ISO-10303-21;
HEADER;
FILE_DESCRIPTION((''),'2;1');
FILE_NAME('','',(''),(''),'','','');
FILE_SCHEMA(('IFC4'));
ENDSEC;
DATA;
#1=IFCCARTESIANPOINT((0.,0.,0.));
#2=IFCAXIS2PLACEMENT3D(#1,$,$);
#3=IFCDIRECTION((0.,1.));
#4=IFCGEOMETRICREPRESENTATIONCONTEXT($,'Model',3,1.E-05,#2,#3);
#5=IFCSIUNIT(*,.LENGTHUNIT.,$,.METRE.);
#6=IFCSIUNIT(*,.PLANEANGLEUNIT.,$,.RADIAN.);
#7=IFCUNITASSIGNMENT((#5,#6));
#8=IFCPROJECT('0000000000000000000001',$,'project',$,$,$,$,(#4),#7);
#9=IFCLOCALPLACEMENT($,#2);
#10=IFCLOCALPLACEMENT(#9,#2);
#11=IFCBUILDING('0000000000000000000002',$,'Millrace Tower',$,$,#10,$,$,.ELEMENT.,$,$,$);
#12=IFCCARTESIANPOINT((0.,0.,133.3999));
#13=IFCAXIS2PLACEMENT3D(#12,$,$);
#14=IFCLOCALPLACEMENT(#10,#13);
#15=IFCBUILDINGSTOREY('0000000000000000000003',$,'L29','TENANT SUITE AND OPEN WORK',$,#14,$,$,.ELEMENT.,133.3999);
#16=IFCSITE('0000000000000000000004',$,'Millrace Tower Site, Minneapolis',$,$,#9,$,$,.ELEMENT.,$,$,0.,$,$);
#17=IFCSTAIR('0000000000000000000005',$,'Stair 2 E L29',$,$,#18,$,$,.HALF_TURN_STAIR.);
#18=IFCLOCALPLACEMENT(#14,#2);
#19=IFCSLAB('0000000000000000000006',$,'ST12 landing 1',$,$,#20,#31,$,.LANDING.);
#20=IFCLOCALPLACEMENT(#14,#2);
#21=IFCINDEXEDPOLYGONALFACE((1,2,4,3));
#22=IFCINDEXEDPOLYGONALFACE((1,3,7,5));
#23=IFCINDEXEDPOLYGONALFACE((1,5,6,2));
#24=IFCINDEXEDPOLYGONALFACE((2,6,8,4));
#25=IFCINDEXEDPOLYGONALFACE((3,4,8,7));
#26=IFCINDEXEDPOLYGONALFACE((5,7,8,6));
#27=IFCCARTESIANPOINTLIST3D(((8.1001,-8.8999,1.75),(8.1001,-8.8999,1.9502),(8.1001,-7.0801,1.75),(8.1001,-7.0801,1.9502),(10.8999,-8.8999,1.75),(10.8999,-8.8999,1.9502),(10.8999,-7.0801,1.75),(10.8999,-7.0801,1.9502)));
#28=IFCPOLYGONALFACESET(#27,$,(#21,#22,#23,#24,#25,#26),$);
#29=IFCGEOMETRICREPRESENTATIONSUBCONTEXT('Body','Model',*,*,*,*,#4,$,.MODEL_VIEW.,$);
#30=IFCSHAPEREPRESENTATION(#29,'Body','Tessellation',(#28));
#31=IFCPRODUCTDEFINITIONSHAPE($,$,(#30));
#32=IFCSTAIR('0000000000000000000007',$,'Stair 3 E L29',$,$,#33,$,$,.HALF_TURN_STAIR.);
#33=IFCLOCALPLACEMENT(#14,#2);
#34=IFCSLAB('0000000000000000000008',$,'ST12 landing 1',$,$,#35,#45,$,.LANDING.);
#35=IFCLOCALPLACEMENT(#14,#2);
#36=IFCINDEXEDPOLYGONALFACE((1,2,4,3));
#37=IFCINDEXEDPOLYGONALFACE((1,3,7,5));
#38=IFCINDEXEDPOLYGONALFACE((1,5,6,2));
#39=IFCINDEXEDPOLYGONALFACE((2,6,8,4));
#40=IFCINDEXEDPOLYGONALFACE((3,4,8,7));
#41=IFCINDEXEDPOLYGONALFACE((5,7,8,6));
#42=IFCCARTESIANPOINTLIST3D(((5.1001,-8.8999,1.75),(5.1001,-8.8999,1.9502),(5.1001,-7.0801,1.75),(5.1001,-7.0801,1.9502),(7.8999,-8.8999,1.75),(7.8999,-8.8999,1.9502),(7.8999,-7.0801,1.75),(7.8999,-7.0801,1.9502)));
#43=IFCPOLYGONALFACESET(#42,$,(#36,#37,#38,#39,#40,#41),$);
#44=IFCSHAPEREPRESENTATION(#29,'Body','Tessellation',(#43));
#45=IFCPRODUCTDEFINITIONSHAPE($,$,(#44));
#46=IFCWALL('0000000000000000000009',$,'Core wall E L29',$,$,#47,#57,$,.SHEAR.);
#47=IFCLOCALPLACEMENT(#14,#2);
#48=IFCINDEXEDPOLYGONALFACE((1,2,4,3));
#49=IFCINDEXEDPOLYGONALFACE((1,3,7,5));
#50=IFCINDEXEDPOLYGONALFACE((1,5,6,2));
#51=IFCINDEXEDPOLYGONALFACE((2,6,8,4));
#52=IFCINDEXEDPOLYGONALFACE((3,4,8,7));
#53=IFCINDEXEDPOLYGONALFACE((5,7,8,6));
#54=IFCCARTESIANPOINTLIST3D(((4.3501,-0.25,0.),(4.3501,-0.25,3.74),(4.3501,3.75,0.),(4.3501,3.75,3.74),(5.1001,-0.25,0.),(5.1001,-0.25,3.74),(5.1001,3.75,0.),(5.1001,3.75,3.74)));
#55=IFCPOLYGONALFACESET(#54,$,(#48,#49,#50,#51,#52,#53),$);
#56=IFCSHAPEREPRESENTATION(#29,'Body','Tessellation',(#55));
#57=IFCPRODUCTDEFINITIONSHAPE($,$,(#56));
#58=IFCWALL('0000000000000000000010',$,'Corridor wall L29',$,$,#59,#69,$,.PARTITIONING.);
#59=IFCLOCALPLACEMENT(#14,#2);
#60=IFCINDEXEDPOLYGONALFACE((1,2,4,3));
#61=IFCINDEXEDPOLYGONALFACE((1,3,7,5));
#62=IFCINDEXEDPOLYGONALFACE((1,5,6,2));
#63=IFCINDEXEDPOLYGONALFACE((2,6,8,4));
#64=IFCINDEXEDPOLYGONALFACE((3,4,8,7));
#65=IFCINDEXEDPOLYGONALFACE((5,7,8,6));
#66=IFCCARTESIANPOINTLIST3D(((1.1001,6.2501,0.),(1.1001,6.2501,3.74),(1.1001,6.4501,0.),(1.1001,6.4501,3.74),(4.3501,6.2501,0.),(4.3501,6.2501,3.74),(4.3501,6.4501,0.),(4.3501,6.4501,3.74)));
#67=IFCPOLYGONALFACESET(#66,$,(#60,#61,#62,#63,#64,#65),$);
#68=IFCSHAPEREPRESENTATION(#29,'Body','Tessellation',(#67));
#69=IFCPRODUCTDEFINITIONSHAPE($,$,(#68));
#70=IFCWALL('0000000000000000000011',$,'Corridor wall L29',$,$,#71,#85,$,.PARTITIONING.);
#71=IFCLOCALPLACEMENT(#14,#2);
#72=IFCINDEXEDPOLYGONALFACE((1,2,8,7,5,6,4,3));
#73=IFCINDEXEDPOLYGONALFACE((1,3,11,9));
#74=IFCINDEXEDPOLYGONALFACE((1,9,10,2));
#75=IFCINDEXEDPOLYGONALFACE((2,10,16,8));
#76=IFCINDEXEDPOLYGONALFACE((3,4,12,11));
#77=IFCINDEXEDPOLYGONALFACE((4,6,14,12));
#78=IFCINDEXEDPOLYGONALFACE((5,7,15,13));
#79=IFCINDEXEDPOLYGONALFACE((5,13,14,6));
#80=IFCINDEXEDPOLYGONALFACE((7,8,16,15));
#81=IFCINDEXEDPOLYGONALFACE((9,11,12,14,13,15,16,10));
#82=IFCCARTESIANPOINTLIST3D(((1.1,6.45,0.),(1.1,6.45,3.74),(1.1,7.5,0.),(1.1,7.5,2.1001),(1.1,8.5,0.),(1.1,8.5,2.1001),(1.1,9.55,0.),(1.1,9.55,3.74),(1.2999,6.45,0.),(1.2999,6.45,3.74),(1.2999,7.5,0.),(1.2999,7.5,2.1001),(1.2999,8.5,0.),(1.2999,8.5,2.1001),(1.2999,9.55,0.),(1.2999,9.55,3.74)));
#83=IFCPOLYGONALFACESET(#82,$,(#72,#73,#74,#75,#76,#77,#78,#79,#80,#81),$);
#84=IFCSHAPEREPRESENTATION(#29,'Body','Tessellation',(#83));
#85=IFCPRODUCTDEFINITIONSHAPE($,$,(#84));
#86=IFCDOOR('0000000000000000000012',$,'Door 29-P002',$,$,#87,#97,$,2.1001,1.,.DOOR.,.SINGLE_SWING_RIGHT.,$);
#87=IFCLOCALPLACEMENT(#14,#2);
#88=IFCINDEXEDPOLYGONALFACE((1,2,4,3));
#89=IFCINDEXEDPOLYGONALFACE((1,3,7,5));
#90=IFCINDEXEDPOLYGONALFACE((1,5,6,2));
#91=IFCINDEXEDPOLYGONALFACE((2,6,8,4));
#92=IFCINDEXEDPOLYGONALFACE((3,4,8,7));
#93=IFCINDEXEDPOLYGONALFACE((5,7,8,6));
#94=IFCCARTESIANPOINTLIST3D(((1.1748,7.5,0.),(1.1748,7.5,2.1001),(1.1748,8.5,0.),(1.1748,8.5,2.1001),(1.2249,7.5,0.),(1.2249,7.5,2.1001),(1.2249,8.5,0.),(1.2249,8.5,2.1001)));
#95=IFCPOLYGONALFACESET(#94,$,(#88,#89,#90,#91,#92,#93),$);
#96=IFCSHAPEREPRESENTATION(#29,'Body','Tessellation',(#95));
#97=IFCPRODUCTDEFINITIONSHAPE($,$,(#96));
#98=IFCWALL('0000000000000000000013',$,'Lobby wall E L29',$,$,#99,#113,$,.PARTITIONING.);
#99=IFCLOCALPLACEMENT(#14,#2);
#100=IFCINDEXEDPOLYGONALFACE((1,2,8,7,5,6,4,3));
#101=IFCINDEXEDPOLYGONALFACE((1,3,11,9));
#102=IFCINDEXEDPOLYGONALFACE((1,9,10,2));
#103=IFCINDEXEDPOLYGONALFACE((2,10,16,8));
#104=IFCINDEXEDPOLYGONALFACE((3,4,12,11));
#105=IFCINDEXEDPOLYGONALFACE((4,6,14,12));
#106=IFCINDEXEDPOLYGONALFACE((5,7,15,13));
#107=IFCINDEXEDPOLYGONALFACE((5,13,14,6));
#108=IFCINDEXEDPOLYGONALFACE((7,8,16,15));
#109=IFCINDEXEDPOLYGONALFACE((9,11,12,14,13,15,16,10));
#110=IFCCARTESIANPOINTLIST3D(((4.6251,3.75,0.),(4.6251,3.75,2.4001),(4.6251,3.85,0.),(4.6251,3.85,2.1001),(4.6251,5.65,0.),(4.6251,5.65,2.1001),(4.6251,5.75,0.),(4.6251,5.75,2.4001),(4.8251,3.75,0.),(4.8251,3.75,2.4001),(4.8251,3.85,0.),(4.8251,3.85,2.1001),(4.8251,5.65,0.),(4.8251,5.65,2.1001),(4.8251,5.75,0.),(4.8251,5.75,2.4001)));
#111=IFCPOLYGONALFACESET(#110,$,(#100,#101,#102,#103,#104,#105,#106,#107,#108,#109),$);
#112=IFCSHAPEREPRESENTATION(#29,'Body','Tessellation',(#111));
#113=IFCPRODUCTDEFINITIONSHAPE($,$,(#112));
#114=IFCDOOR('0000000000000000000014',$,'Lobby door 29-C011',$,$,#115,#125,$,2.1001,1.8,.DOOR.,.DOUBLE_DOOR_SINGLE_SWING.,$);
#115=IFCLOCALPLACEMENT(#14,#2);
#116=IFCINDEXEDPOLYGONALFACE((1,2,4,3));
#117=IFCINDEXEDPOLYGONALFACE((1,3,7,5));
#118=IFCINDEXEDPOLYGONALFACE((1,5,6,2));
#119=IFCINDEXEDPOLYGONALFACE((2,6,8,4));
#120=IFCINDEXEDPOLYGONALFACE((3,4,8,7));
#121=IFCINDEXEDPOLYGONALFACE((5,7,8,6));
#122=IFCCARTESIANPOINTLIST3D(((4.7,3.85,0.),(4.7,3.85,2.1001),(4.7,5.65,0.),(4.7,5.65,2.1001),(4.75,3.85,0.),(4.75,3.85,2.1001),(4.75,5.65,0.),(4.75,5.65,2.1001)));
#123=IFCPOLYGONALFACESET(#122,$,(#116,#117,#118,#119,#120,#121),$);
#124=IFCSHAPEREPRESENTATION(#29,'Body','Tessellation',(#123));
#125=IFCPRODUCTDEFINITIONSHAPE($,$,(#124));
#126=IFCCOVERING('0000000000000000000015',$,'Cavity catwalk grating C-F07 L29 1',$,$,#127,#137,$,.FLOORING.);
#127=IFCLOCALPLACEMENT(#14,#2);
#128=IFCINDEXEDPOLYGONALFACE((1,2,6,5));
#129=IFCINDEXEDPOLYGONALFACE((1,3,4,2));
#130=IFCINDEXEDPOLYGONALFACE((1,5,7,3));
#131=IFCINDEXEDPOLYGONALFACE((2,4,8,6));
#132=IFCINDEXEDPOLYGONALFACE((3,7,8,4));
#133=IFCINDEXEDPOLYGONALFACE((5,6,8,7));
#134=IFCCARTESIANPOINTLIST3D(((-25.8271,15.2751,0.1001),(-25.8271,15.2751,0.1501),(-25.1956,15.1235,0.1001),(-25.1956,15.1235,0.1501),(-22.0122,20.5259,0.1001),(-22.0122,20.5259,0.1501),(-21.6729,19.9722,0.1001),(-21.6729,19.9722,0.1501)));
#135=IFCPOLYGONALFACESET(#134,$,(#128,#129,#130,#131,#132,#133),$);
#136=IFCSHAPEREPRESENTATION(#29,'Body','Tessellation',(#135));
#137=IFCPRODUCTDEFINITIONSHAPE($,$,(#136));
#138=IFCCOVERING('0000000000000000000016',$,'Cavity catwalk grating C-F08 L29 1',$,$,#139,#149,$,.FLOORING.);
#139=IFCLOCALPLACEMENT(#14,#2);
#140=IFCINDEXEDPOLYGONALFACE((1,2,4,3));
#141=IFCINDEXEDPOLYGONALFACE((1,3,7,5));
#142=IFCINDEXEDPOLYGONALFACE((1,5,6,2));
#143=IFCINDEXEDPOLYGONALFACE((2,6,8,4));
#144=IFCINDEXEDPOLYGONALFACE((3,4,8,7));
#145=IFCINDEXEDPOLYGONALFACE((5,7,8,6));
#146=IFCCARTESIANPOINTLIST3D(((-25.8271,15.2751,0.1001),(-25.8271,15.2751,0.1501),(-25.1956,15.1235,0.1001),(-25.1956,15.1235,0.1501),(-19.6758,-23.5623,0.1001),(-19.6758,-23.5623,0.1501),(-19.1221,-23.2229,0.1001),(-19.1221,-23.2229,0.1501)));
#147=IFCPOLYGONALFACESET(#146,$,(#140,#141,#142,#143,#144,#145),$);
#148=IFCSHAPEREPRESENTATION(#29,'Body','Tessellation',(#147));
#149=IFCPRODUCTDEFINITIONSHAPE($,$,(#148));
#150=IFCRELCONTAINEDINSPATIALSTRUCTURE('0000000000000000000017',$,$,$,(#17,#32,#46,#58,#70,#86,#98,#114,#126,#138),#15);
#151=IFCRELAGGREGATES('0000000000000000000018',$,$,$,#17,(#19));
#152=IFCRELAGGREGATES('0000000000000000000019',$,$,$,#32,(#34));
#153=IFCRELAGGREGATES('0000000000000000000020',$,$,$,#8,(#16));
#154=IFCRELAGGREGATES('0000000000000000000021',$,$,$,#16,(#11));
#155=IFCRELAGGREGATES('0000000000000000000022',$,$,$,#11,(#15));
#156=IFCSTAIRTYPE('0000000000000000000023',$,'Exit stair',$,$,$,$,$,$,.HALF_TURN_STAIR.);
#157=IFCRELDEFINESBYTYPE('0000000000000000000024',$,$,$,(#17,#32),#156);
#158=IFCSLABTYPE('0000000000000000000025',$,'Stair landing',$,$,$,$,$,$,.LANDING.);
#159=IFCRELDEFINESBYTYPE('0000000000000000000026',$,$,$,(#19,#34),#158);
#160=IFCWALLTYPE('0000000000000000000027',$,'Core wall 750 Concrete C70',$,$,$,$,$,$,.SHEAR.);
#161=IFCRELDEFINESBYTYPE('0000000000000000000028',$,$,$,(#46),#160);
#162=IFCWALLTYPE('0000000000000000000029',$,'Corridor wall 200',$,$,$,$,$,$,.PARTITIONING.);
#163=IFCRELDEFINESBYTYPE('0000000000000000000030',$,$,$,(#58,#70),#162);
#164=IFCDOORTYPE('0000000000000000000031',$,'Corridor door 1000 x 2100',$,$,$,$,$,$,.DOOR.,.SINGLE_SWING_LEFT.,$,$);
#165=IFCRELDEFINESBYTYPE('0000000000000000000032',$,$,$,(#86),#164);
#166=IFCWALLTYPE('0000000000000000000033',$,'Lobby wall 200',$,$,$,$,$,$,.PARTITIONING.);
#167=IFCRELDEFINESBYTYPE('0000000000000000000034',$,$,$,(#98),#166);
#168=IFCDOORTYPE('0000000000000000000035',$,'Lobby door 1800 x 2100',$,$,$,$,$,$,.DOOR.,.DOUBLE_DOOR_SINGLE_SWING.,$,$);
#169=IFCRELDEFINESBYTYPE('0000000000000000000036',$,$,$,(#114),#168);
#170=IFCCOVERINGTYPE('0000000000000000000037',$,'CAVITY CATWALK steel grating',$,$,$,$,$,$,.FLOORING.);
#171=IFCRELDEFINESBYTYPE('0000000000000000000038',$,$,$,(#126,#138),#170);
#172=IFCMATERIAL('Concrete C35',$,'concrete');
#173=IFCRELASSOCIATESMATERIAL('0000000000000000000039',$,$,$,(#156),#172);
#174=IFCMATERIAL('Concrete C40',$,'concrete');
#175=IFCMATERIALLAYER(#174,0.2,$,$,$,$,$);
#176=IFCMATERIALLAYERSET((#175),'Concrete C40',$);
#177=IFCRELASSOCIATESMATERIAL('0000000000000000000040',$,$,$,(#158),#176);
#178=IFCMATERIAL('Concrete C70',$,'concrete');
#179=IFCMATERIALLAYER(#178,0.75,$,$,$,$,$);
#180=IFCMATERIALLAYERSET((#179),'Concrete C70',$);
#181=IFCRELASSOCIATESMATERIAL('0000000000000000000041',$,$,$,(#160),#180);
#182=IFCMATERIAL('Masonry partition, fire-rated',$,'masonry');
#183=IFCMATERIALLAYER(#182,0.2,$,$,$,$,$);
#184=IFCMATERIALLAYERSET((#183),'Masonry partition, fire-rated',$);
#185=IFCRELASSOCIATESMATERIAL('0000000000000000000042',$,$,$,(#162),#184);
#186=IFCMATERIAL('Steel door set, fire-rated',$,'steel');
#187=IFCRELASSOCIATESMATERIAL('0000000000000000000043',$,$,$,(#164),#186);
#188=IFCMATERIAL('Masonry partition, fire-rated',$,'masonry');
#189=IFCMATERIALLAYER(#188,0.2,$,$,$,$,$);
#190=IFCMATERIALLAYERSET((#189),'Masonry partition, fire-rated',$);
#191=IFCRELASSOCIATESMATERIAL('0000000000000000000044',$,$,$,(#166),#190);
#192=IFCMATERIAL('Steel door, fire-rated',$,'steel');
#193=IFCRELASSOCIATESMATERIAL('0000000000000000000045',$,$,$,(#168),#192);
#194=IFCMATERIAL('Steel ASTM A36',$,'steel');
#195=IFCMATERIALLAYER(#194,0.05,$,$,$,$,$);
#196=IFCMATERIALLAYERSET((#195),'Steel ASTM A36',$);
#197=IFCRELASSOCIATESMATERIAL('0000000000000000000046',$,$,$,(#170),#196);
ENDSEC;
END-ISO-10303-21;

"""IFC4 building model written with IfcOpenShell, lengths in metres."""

from ifc_helpers import new_model, si_unit, direction, frame, frame_2d, origin, place, context, subcontext, project, spatial, polyline, rectangle, outline, extrude, material, layer, layer_set, type_object, element, fill, aggregate, save


model = new_model("IFC4")

# Units and contexts
model_context = context("Model", 3, precision=1e-05, world=origin(), true_north=direction((0.0, 1.0)))
body_context = subcontext(model_context, "Body", "Model", "MODEL_VIEW")
ifc_project = project(units=[si_unit("LENGTHUNIT", "METRE"), si_unit("PLANEANGLEUNIT", "RADIAN")], contexts=[model_context])

# Site, building, storey
site_placement = place(None, origin())
site = spatial("IfcSite", under=ifc_project, at=site_placement, Name="Millrace Tower Site, Minneapolis", CompositionType="ELEMENT", RefElevation=0.0)
building_placement = place(site_placement, origin())
building = spatial("IfcBuilding", under=site, at=building_placement, Name="Millrace Tower", CompositionType="ELEMENT")
storey_placement = place(building_placement, frame((0.0, 0.0, 133.3999)))
storey = spatial("IfcBuildingStorey", under=building, at=storey_placement, Name="L29", Description="TENANT SUITE AND OPEN WORK", CompositionType="ELEMENT", Elevation=133.3999)

# Shared definitions
placement_1 = place(storey_placement, origin())

# Stairs, slabs
ifc_material_1 = material(Name="Concrete C35", Category="concrete")
stair_type = type_object("IfcStairType", Name="Exit stair", PredefinedType="HALF_TURN_STAIR", material=ifc_material_1)
ifc_material_2 = material(Name="Concrete C40", Category="concrete")
ifc_layer_1 = layer(ifc_material_2, 0.2)
ifc_layer_set_1 = layer_set([ifc_layer_1], Name="Concrete C40")
slab_type = type_object("IfcSlabType", Name="Stair landing", PredefinedType="LANDING", material=ifc_layer_set_1)
placement_2 = place(storey_placement, frame((0.0, 0.0, 1.75)))
stair_1 = element("IfcStair", 1, at=placement_1, inside=storey, type_object=stair_type, Name="Stair 2 E L29", PredefinedType="HALF_TURN_STAIR")
slab_1 = element("IfcSlab", 2, at=placement_2, type_object=slab_type, Name="ST12 landing 1", PredefinedType="LANDING", context=body_context, shape_type="SweptSolid", body=[
    extrude(outline(polyline([(8.1001, -8.8999), (10.8999, -8.8999), (10.8999, -7.0801), (8.1001, -7.0801), (8.1001, -8.8999)])), origin(), (0.0, 0.0, 1.0), 0.2002),
])
aggregate(stair_1, [slab_1])
stair_2 = element("IfcStair", 3, at=placement_1, inside=storey, type_object=stair_type, Name="Stair 3 E L29", PredefinedType="HALF_TURN_STAIR")
slab_2 = element("IfcSlab", 4, at=placement_2, type_object=slab_type, Name="ST12 landing 1", PredefinedType="LANDING", context=body_context, shape_type="SweptSolid", body=[
    extrude(outline(polyline([(5.1001, -8.8999), (7.8999, -8.8999), (7.8999, -7.0801), (5.1001, -7.0801), (5.1001, -8.8999)])), origin(), (0.0, 0.0, 1.0), 0.2002),
])
aggregate(stair_2, [slab_2])

# Walls
ifc_material_3 = material(Name="Concrete C70", Category="concrete")
ifc_layer_2 = layer(ifc_material_3, 0.75)
ifc_layer_set_2 = layer_set([ifc_layer_2], Name="Concrete C70")
wall_type_1 = type_object("IfcWallType", Name="Core wall 750 Concrete C70", PredefinedType="SHEAR", material=ifc_layer_set_2)
wall_1_placement = place(storey_placement, frame((4.7251, 3.75, 0.0), z_axis=(0.0, 0.0, 1.0), x_axis=(0.0, -1.0, 0.0)))
element("IfcWall", 5, at=wall_1_placement, inside=storey, type_object=wall_type_1, Name="Core wall E L29", PredefinedType="SHEAR", context=body_context, shape_type="SweptSolid", body=[
    extrude(rectangle(XDim=4.0, YDim=0.75, at=frame_2d((2.0, 0.0))), origin(), (0.0, 0.0, 1.0), 3.74),
])
ifc_material_4 = material(Name="Masonry partition, fire-rated", Category="masonry")
ifc_layer_3 = layer(ifc_material_4, 0.2)
ifc_layer_set_3 = layer_set([ifc_layer_3], Name="Masonry partition, fire-rated")
wall_type_2 = type_object("IfcWallType", Name="Corridor wall 200", PredefinedType="PARTITIONING", material=ifc_layer_set_3)
wall_2_placement = place(storey_placement, frame((1.1001, 6.3501, 0.0), z_axis=(0.0, 0.0, 1.0), x_axis=(1.0, 0.0, 0.0)))
element("IfcWall", 6, at=wall_2_placement, inside=storey, type_object=wall_type_2, Name="Corridor wall L29", PredefinedType="PARTITIONING", context=body_context, shape_type="SweptSolid", body=[
    extrude(rectangle(XDim=3.25, YDim=0.2, at=frame_2d((1.625, 0.0))), origin(), (0.0, 0.0, 1.0), 3.74),
])

# Walls, openings, doors
wall_3_placement = place(storey_placement, frame((1.2, 6.45, 0.0), z_axis=(0.0, 0.0, 1.0), x_axis=(0.0, 1.0, 0.0)))
wall_3 = element("IfcWall", 7, at=wall_3_placement, inside=storey, type_object=wall_type_2, Name="Corridor wall L29", PredefinedType="PARTITIONING", context=body_context, shape_type="SweptSolid", body=[
    extrude(rectangle(XDim=3.1001, YDim=0.2, at=frame_2d((1.55, 0.0))), origin(), (0.0, 0.0, 1.0), 3.74),
])
opening_1_placement = place(wall_3_placement, frame((1.05, 0.0, 0.0)))
opening_1 = element("IfcOpeningElement", 8, at=opening_1_placement, cuts=wall_3, PredefinedType="OPENING", context=body_context, shape_type="SweptSolid", body=[
    extrude(rectangle(XDim=1.0, YDim=2.1001, at=frame_2d((0.5, 1.05))), frame((0.0, 0.1099, 0.0), z_axis=(0.0, -1.0, 0.0), x_axis=(1.0, 0.0, 0.0)), (0.0, 0.0, 1.0), 0.22),
])
ifc_material_5 = material(Name="Steel door set, fire-rated", Category="steel")
door_type_1 = type_object("IfcDoorType", Name="Corridor door 1000 x 2100", OperationType="SINGLE_SWING_LEFT", PredefinedType="DOOR", material=ifc_material_5)
door_1_placement = place(opening_1_placement, frame((1.0, 0.0, 0.0), z_axis=(0.0, 0.0, 1.0), x_axis=(-1.0, 0.0, 0.0)))
door_1 = element("IfcDoor", 9, at=door_1_placement, inside=storey, type_object=door_type_1, Name="Door 29-P002", OperationType="SINGLE_SWING_RIGHT", OverallHeight=2.1001, OverallWidth=1.0, PredefinedType="DOOR", context=body_context, shape_type="SweptSolid", body=[
    extrude(rectangle(XDim=1.0, YDim=2.1001, at=frame_2d((0.5, 1.05))), frame((0.0, 0.0249, 0.0), z_axis=(0.0, -1.0, 0.0), x_axis=(1.0, 0.0, 0.0)), (0.0, 0.0, 1.0), 0.05),
])
fill(opening_1, door_1)
ifc_material_6 = material(Name="Masonry partition, fire-rated", Category="masonry")
ifc_layer_4 = layer(ifc_material_6, 0.2)
ifc_layer_set_4 = layer_set([ifc_layer_4], Name="Masonry partition, fire-rated")
wall_type_3 = type_object("IfcWallType", Name="Lobby wall 200", PredefinedType="PARTITIONING", material=ifc_layer_set_4)
wall_4_placement = place(storey_placement, frame((4.7251, 5.75, 0.0), z_axis=(0.0, 0.0, 1.0), x_axis=(0.0, -1.0, 0.0)))
wall_4 = element("IfcWall", 10, at=wall_4_placement, inside=storey, type_object=wall_type_3, Name="Lobby wall E L29", PredefinedType="PARTITIONING", context=body_context, shape_type="SweptSolid", body=[
    extrude(rectangle(XDim=2.0, YDim=0.2, at=frame_2d((1.0, 0.0))), origin(), (0.0, 0.0, 1.0), 2.4001),
])
opening_2_placement = place(wall_4_placement, frame((0.1001, 0.0, 0.0)))
opening_2 = element("IfcOpeningElement", 11, at=opening_2_placement, cuts=wall_4, PredefinedType="OPENING", context=body_context, shape_type="SweptSolid", body=[
    extrude(rectangle(XDim=1.8, YDim=2.1001, at=frame_2d((0.8999, 1.05))), frame((0.0, 0.1099, 0.0), z_axis=(0.0, -1.0, 0.0), x_axis=(1.0, 0.0, 0.0)), (0.0, 0.0, 1.0), 0.22),
])
ifc_material_7 = material(Name="Steel door, fire-rated", Category="steel")
door_type_2 = type_object("IfcDoorType", Name="Lobby door 1800 x 2100", OperationType="DOUBLE_DOOR_SINGLE_SWING", PredefinedType="DOOR", material=ifc_material_7)
door_2_placement = place(opening_2_placement, origin())
door_2 = element("IfcDoor", 12, at=door_2_placement, inside=storey, type_object=door_type_2, Name="Lobby door 29-C011", OperationType="DOUBLE_DOOR_SINGLE_SWING", OverallHeight=2.1001, OverallWidth=1.8, PredefinedType="DOOR", context=body_context, shape_type="SweptSolid", body=[
    extrude(rectangle(XDim=1.8, YDim=2.1001, at=frame_2d((0.8999, 1.05))), frame((0.0, 0.0249, 0.0), z_axis=(0.0, -1.0, 0.0), x_axis=(1.0, 0.0, 0.0)), (0.0, 0.0, 1.0), 0.05),
])
fill(opening_2, door_2)

# Coverings
ifc_material_8 = material(Name="Steel ASTM A36", Category="steel")
ifc_layer_5 = layer(ifc_material_8, 0.05)
ifc_layer_set_5 = layer_set([ifc_layer_5], Name="Steel ASTM A36")
covering_type = type_object("IfcCoveringType", Name="CAVITY CATWALK steel grating", PredefinedType="FLOORING", material=ifc_layer_set_5)
placement_3 = place(storey_placement, frame((0.0, 0.0, 0.1001)))
element("IfcCovering", 13, at=placement_3, inside=storey, type_object=covering_type, Name="Cavity catwalk grating C-F07 L29 1", PredefinedType="FLOORING", context=body_context, shape_type="SweptSolid", body=[
    extrude(outline(polyline([(-22.0122, 20.5259), (-25.8271, 15.2751), (-25.1956, 15.1235), (-21.6729, 19.9722), (-22.0122, 20.5259)])), origin(), (0.0, 0.0, 1.0), 0.05),
])
element("IfcCovering", 14, at=placement_3, inside=storey, type_object=covering_type, Name="Cavity catwalk grating C-F08 L29 1", PredefinedType="FLOORING", context=body_context, shape_type="SweptSolid", body=[
    extrude(outline(polyline([(-25.8271, 15.2751), (-19.6758, -23.5623), (-19.1221, -23.2229), (-25.1956, 15.1235), (-25.8271, 15.2751)])), origin(), (0.0, 0.0, 1.0), 0.05),
])

save(model, "model.ifc")
